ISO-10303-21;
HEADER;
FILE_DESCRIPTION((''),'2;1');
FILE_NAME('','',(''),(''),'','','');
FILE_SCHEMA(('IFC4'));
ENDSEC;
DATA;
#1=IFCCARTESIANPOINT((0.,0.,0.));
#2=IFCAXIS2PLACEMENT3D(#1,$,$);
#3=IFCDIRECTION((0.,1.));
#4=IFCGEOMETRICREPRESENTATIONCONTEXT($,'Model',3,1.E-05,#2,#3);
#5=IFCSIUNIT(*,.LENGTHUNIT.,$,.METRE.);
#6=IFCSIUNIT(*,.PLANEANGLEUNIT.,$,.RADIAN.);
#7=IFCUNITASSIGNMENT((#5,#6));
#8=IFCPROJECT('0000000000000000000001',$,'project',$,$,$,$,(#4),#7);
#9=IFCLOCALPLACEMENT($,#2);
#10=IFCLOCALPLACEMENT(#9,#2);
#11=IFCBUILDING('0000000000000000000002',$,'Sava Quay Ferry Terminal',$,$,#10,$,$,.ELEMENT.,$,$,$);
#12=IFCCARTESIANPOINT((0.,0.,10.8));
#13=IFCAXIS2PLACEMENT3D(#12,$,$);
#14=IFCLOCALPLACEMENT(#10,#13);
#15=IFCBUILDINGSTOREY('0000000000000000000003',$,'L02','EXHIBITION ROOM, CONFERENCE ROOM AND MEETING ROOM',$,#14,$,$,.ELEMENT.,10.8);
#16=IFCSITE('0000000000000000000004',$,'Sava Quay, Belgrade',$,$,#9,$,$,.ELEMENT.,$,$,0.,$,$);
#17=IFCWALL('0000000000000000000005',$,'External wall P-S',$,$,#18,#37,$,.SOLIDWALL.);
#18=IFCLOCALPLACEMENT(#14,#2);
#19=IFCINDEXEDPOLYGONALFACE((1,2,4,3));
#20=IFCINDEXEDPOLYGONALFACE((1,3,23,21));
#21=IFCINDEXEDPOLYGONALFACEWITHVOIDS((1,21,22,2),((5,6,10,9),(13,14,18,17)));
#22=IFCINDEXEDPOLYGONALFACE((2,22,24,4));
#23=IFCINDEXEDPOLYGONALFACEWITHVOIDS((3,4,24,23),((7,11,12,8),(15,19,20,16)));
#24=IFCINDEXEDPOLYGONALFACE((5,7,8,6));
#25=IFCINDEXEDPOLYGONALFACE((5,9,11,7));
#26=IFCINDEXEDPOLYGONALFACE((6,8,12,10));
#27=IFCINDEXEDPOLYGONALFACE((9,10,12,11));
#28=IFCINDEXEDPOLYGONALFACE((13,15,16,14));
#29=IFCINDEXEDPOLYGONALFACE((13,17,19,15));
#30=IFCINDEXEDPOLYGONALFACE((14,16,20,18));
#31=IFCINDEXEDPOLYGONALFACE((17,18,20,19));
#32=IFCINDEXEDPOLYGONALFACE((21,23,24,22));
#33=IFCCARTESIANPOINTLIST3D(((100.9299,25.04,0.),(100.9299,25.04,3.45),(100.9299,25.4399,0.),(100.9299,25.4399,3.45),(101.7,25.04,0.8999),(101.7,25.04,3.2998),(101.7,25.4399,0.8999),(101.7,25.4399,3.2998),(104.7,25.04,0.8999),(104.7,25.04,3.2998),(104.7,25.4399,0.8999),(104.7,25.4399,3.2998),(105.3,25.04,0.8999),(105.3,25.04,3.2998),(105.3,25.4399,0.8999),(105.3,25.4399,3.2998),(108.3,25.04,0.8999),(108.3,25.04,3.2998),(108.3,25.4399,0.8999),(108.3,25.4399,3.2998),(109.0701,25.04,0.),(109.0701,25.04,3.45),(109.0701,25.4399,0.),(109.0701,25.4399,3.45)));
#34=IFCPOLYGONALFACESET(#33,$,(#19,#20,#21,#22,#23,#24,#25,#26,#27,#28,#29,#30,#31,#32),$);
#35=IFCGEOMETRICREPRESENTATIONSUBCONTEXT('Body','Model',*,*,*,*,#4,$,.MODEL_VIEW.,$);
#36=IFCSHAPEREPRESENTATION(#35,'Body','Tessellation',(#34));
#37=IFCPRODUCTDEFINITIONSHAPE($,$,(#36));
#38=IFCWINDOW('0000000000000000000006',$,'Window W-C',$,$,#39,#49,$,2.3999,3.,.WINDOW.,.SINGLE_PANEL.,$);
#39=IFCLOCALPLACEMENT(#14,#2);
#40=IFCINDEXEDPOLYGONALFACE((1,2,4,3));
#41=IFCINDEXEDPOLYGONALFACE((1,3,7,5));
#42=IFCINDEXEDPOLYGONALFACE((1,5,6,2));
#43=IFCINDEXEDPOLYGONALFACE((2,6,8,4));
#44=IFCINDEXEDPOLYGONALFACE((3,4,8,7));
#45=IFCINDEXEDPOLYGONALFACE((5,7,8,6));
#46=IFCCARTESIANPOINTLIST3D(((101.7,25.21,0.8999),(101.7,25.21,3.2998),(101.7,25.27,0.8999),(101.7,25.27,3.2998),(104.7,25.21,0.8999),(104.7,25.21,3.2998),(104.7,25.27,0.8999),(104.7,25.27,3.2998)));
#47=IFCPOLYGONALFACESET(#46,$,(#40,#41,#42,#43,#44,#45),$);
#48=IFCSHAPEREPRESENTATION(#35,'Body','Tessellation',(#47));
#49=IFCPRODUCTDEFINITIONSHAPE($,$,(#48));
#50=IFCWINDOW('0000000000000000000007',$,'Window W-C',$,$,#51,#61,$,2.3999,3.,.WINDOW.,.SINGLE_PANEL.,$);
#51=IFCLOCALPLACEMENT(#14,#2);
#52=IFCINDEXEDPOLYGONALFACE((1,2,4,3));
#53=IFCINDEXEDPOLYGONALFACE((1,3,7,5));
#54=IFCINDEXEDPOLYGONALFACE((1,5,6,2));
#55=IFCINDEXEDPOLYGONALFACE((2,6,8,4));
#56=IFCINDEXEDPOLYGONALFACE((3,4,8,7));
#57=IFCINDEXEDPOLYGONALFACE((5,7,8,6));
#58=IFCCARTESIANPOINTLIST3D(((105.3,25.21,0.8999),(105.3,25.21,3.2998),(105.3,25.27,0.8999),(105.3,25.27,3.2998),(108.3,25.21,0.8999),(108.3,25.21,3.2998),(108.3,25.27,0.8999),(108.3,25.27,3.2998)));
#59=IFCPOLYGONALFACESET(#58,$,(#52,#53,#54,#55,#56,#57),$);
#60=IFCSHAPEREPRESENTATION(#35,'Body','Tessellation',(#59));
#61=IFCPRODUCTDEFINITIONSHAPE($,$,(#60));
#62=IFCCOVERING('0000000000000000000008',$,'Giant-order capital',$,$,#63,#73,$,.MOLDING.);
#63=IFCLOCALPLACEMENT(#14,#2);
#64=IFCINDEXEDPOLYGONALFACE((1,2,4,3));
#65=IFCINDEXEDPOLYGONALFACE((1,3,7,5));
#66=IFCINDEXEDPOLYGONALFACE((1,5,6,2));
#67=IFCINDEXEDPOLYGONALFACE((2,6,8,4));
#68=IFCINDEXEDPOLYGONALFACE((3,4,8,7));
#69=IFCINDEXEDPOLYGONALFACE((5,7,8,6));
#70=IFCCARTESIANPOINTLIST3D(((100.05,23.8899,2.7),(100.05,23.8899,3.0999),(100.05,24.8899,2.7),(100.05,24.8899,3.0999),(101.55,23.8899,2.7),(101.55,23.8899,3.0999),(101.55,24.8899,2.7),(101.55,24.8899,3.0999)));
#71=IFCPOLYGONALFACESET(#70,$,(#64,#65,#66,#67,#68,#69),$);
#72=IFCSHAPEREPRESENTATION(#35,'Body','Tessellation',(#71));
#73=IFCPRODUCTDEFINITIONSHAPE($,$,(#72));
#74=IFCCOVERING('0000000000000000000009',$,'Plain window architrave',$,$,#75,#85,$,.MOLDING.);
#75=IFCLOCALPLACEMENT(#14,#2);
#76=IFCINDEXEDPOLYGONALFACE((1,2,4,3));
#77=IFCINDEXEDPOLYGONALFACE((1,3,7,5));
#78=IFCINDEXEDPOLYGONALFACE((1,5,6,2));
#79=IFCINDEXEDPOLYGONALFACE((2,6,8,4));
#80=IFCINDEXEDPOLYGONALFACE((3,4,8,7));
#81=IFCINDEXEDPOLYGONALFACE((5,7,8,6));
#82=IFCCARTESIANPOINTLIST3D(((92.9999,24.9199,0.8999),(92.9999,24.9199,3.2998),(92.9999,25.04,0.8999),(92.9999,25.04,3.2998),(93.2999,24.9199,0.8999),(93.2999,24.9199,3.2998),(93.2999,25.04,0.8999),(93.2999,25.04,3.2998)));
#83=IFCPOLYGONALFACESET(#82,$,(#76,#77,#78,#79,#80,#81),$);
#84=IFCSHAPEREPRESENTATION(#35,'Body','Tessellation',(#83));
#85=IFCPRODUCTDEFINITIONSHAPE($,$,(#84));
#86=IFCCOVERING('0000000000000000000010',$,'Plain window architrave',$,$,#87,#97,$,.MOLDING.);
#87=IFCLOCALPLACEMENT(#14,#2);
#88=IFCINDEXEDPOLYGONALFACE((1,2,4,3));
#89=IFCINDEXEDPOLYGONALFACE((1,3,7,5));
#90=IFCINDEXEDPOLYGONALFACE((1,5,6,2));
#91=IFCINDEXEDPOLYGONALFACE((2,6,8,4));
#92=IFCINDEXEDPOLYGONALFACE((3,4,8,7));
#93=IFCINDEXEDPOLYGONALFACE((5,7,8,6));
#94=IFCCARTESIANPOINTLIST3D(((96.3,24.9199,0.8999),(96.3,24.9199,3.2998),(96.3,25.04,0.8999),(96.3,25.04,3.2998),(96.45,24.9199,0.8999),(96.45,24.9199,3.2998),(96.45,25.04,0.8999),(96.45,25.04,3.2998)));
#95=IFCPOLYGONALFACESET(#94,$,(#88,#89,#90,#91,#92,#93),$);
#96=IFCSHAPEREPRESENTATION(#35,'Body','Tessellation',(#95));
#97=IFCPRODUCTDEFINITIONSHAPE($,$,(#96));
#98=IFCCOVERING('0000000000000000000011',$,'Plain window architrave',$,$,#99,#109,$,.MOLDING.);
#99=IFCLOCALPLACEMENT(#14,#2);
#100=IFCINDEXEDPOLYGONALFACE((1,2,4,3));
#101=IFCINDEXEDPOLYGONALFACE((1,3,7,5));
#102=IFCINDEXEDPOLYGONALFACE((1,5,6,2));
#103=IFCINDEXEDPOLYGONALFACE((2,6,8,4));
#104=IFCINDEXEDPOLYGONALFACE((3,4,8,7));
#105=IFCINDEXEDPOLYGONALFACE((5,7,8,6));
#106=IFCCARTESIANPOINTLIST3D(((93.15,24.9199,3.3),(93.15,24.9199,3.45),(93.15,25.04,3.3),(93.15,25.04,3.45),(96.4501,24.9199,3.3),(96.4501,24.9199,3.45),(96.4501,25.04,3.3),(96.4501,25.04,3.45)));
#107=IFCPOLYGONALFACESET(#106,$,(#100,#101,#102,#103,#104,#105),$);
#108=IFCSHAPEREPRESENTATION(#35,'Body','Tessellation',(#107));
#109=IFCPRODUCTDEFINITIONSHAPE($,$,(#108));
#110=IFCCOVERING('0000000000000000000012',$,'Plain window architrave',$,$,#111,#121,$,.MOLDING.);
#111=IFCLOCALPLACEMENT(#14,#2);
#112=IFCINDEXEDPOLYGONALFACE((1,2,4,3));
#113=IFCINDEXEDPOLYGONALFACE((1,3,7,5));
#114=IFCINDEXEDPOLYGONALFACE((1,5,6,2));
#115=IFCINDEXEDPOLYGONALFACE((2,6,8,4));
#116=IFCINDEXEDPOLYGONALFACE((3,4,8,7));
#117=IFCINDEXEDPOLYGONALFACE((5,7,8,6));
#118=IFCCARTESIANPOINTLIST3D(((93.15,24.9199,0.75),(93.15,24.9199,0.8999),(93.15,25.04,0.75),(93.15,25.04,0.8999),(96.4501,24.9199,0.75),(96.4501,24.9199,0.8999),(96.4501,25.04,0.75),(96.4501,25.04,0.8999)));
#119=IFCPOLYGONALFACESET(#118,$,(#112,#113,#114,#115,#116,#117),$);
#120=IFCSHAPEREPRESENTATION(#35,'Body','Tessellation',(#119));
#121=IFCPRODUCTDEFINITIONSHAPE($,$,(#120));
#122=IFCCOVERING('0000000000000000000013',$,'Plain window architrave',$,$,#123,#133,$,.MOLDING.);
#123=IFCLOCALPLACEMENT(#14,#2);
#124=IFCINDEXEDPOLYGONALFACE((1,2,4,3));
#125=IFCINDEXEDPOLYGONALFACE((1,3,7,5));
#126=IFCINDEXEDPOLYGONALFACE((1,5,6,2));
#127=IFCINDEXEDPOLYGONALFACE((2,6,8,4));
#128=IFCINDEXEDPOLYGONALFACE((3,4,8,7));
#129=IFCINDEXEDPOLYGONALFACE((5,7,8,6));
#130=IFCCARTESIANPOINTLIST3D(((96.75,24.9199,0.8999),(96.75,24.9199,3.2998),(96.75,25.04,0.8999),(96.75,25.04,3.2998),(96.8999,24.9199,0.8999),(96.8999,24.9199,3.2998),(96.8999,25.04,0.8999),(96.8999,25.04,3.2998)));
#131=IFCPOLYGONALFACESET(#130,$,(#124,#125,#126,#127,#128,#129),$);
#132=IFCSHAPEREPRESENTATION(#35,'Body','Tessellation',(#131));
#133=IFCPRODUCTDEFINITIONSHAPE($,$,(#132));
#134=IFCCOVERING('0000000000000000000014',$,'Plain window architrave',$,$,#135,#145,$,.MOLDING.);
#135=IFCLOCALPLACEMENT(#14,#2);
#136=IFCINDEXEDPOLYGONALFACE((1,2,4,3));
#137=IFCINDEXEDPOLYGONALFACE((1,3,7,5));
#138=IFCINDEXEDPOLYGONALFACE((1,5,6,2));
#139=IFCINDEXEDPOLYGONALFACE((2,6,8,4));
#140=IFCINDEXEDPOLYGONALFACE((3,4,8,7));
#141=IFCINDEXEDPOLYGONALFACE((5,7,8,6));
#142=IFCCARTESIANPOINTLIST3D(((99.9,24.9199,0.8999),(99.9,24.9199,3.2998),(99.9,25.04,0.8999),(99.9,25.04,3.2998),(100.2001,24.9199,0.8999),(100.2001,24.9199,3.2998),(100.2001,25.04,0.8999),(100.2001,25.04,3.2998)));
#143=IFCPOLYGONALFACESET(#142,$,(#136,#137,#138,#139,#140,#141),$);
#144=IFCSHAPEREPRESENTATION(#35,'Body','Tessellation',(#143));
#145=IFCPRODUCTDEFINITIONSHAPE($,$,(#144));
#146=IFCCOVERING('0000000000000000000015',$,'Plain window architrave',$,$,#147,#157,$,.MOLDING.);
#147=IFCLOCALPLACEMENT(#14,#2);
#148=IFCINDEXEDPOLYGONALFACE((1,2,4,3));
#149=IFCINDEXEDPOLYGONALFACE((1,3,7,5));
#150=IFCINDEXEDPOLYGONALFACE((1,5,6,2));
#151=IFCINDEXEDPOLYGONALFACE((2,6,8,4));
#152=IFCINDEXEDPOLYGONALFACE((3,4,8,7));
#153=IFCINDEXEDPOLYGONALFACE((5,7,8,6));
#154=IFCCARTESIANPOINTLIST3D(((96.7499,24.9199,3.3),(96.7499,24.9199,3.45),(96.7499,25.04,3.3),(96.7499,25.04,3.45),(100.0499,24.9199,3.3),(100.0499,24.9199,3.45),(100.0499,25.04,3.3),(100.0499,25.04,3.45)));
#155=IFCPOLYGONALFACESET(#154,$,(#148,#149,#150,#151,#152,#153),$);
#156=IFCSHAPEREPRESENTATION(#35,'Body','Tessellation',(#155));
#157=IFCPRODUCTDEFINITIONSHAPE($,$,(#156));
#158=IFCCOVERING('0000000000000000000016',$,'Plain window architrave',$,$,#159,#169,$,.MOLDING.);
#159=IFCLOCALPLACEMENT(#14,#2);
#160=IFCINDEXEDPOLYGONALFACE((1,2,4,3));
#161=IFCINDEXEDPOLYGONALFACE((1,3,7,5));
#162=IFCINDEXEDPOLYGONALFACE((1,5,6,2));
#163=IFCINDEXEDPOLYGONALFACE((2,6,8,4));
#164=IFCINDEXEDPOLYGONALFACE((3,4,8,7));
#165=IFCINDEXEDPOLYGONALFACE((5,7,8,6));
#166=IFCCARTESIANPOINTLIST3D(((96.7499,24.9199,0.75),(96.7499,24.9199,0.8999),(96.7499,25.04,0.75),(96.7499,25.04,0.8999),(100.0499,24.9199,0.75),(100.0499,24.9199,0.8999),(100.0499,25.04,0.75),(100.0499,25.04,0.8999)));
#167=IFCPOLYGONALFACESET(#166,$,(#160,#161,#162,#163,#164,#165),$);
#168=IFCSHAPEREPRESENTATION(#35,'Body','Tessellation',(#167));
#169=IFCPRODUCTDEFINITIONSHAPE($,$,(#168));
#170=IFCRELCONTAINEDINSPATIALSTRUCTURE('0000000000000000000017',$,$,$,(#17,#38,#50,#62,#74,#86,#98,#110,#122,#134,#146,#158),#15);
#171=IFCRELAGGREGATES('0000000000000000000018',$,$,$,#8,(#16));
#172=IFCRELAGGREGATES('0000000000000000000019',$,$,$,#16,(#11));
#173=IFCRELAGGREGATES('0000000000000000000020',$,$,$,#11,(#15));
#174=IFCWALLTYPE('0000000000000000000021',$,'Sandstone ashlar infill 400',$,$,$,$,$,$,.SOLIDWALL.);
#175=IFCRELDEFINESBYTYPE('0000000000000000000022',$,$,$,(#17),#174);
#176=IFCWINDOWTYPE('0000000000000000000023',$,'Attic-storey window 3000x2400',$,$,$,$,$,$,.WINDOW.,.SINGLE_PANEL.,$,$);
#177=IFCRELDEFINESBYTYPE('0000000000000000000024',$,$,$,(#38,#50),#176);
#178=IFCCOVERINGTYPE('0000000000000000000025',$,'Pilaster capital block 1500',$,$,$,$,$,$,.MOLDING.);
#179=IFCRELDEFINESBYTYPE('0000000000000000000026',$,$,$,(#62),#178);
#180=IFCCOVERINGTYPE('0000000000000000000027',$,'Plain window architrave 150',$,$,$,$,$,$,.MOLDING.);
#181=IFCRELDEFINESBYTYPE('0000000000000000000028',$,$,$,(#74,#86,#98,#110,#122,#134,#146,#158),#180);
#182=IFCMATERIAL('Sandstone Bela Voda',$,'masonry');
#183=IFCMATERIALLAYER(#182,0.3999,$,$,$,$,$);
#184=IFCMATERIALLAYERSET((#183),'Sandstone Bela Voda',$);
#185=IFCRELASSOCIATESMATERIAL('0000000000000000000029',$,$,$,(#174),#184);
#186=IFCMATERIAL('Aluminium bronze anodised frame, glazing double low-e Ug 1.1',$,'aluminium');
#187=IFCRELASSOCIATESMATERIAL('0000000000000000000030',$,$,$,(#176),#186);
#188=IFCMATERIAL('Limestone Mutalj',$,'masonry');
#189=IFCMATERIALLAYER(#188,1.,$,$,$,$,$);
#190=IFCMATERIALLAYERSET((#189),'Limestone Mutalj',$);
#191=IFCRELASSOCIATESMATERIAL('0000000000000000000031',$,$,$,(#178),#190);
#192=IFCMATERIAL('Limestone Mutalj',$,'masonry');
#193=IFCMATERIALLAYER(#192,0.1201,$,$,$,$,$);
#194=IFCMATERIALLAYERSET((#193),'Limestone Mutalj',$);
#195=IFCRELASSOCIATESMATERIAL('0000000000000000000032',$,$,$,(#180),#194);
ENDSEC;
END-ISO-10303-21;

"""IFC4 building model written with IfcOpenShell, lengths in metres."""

from ifc_helpers import new_model, si_unit, direction, frame, frame_2d, origin, origin_2d, place, context, subcontext, project, spatial, rectangle, extrude, material, layer, layer_set, type_object, element, fill, save


model = new_model("IFC4")

# Units and contexts
model_context = context("Model", 3, precision=1e-05, world=origin(), true_north=direction((0.0, 1.0)))
body_context = subcontext(model_context, "Body", "Model", "MODEL_VIEW")
ifc_project = project(units=[si_unit("LENGTHUNIT", "METRE"), si_unit("PLANEANGLEUNIT", "RADIAN")], contexts=[model_context])

# Site, building, storey
site_placement = place(None, origin())
site = spatial("IfcSite", under=ifc_project, at=site_placement, Name="Sava Quay, Belgrade", CompositionType="ELEMENT", RefElevation=0.0)
building_placement = place(site_placement, origin())
building = spatial("IfcBuilding", under=site, at=building_placement, Name="Sava Quay Ferry Terminal", CompositionType="ELEMENT")
storey_placement = place(building_placement, frame((0.0, 0.0, 10.8)))
storey = spatial("IfcBuildingStorey", under=building, at=storey_placement, Name="L02", Description="EXHIBITION ROOM, CONFERENCE ROOM AND MEETING ROOM", CompositionType="ELEMENT", Elevation=10.8)

# Wall, openings, windows
ifc_material_1 = material(Name="Sandstone Bela Voda", Category="masonry")
ifc_layer_1 = layer(ifc_material_1, 0.3999)
ifc_layer_set_1 = layer_set([ifc_layer_1], Name="Sandstone Bela Voda")
wall_type_1 = type_object("IfcWallType", Name="Sandstone ashlar infill 400", PredefinedType="SOLIDWALL", material=ifc_layer_set_1)
ifc_material_2 = material(Name="Aluminium bronze anodised frame, glazing double low-e Ug 1.1", Category="aluminium")
window_type = type_object("IfcWindowType", Name="Attic-storey window 3000x2400", PartitioningType="SINGLE_PANEL", PredefinedType="WINDOW", material=ifc_material_2)
wall_1_placement = place(storey_placement, frame((100.9299, 25.24, 0.0), z_axis=(0.0, 0.0, 1.0), x_axis=(1.0, 0.0, 0.0)))
wall_1 = element("IfcWall", 1, at=wall_1_placement, inside=storey, type_object=wall_type_1, Name="External wall P-S", PredefinedType="SOLIDWALL", context=body_context, shape_type="SweptSolid", body=[
    extrude(rectangle(XDim=8.1401, YDim=0.3999, at=frame_2d((4.0701, 0.0))), origin(), (0.0, 0.0, 1.0), 3.45),
])
opening_1_placement = place(wall_1_placement, frame((0.77, 0.0, 0.8999)))
opening_1 = element("IfcOpeningElement", 2, at=opening_1_placement, cuts=wall_1, PredefinedType="OPENING", context=body_context, shape_type="SweptSolid", body=[
    extrude(rectangle(XDim=3.0, YDim=2.3999, at=frame_2d((1.5, 1.2))), frame((0.0, 0.2, 0.0), z_axis=(0.0, -1.0, 0.0), x_axis=(1.0, 0.0, 0.0)), (0.0, 0.0, 1.0), 0.3999),
])
opening_2_placement = place(wall_1_placement, frame((4.3701, 0.0, 0.8999)))
opening_2 = element("IfcOpeningElement", 3, at=opening_2_placement, cuts=wall_1, PredefinedType="OPENING", context=body_context, shape_type="SweptSolid", body=[
    extrude(rectangle(XDim=3.0, YDim=2.3999, at=frame_2d((1.5, 1.2))), frame((0.0, 0.2, 0.0), z_axis=(0.0, -1.0, 0.0), x_axis=(1.0, 0.0, 0.0)), (0.0, 0.0, 1.0), 0.3999),
])
window_1_placement = place(opening_1_placement, origin())
window_1 = element("IfcWindow", 4, at=window_1_placement, inside=storey, type_object=window_type, Name="Window W-C", OverallHeight=2.3999, OverallWidth=3.0, PartitioningType="SINGLE_PANEL", PredefinedType="WINDOW", context=body_context, shape_type="SweptSolid", body=[
    extrude(rectangle(XDim=3.0, YDim=2.3999, at=frame_2d((1.5, 1.2))), frame((0.0, 0.03, 0.0), z_axis=(0.0, -1.0, 0.0), x_axis=(1.0, 0.0, 0.0)), (0.0, 0.0, 1.0), 0.0601),
])
fill(opening_1, window_1)
window_2_placement = place(opening_2_placement, origin())
window_2 = element("IfcWindow", 5, at=window_2_placement, inside=storey, type_object=window_type, Name="Window W-C", OverallHeight=2.3999, OverallWidth=3.0, PartitioningType="SINGLE_PANEL", PredefinedType="WINDOW", context=body_context, shape_type="SweptSolid", body=[
    extrude(rectangle(XDim=3.0, YDim=2.3999, at=frame_2d((1.5, 1.2))), frame((0.0, 0.03, 0.0), z_axis=(0.0, -1.0, 0.0), x_axis=(1.0, 0.0, 0.0)), (0.0, 0.0, 1.0), 0.0601),
])
fill(opening_2, window_2)

# Coverings
ifc_material_3 = material(Name="Limestone Mutalj", Category="masonry")
ifc_layer_2 = layer(ifc_material_3, 1.0)
ifc_layer_set_2 = layer_set([ifc_layer_2], Name="Limestone Mutalj")
covering_type_1 = type_object("IfcCoveringType", Name="Pilaster capital block 1500", PredefinedType="MOLDING", material=ifc_layer_set_2)
covering_1_placement = place(storey_placement, frame((100.8, 24.3899, 2.7), z_axis=(0.0, 0.0, 1.0), x_axis=(1.0, 0.0, 0.0)))
element("IfcCovering", 6, at=covering_1_placement, inside=storey, type_object=covering_type_1, Name="Giant-order capital", PredefinedType="MOLDING", context=body_context, shape_type="SweptSolid", body=[
    extrude(rectangle(XDim=1.5, YDim=1.0, at=origin_2d()), origin(), (0.0, 0.0, 1.0), 0.3999),
])
ifc_material_4 = material(Name="Limestone Mutalj", Category="masonry")
ifc_layer_3 = layer(ifc_material_4, 0.1201)
ifc_layer_set_3 = layer_set([ifc_layer_3], Name="Limestone Mutalj")
covering_type_2 = type_object("IfcCoveringType", Name="Plain window architrave 150", PredefinedType="MOLDING", material=ifc_layer_set_3)
covering_2_placement = place(storey_placement, frame((93.1499, 24.98, 0.8999), z_axis=(0.0, 0.0, 1.0), x_axis=(1.0, 0.0, 0.0)))
element("IfcCovering", 7, at=covering_2_placement, inside=storey, type_object=covering_type_2, Name="Plain window architrave", PredefinedType="MOLDING", context=body_context, shape_type="SweptSolid", body=[
    extrude(rectangle(XDim=0.3, YDim=0.1201, at=origin_2d()), origin(), (0.0, 0.0, 1.0), 2.3999),
])
covering_3_placement = place(storey_placement, frame((96.375, 24.98, 0.8999), z_axis=(0.0, 0.0, 1.0), x_axis=(1.0, 0.0, 0.0)))
element("IfcCovering", 8, at=covering_3_placement, inside=storey, type_object=covering_type_2, Name="Plain window architrave", PredefinedType="MOLDING", context=body_context, shape_type="SweptSolid", body=[
    extrude(rectangle(XDim=0.1499, YDim=0.1201, at=origin_2d()), origin(), (0.0, 0.0, 1.0), 2.3999),
])
for number, where, z_axis, x_axis, name in (
    (9, (94.8, 24.98, 3.3), (0.0, 0.0, 1.0), (1.0, 0.0, 0.0), "Plain window architrave"),
    (10, (94.8, 24.98, 0.75), (0.0, 0.0, 1.0), (1.0, 0.0, 0.0), "Plain window architrave"),
):
    element("IfcCovering", number, at=place(storey_placement, frame(where, z_axis=z_axis, x_axis=x_axis)), inside=storey, type_object=covering_type_2, Name=name, PredefinedType="MOLDING", context=body_context, shape_type="SweptSolid", body=[
        extrude(rectangle(XDim=3.3, YDim=0.1201, at=origin_2d()), origin(), (0.0, 0.0, 1.0), 0.1499),
    ])
covering_4_placement = place(storey_placement, frame((96.825, 24.98, 0.8999), z_axis=(0.0, 0.0, 1.0), x_axis=(1.0, 0.0, 0.0)))
element("IfcCovering", 11, at=covering_4_placement, inside=storey, type_object=covering_type_2, Name="Plain window architrave", PredefinedType="MOLDING", context=body_context, shape_type="SweptSolid", body=[
    extrude(rectangle(XDim=0.1499, YDim=0.1201, at=origin_2d()), origin(), (0.0, 0.0, 1.0), 2.3999),
])
covering_5_placement = place(storey_placement, frame((100.05, 24.98, 0.8999), z_axis=(0.0, 0.0, 1.0), x_axis=(1.0, 0.0, 0.0)))
element("IfcCovering", 12, at=covering_5_placement, inside=storey, type_object=covering_type_2, Name="Plain window architrave", PredefinedType="MOLDING", context=body_context, shape_type="SweptSolid", body=[
    extrude(rectangle(XDim=0.3, YDim=0.1201, at=origin_2d()), origin(), (0.0, 0.0, 1.0), 2.3999),
])
for number, where, z_axis, x_axis, name in (
    (13, (98.3999, 24.98, 3.3), (0.0, 0.0, 1.0), (1.0, 0.0, 0.0), "Plain window architrave"),
    (14, (98.3999, 24.98, 0.75), (0.0, 0.0, 1.0), (1.0, 0.0, 0.0), "Plain window architrave"),
):
    element("IfcCovering", number, at=place(storey_placement, frame(where, z_axis=z_axis, x_axis=x_axis)), inside=storey, type_object=covering_type_2, Name=name, PredefinedType="MOLDING", context=body_context, shape_type="SweptSolid", body=[
        extrude(rectangle(XDim=3.3, YDim=0.1201, at=origin_2d()), origin(), (0.0, 0.0, 1.0), 0.1499),
    ])

save(model, "model.ifc")
